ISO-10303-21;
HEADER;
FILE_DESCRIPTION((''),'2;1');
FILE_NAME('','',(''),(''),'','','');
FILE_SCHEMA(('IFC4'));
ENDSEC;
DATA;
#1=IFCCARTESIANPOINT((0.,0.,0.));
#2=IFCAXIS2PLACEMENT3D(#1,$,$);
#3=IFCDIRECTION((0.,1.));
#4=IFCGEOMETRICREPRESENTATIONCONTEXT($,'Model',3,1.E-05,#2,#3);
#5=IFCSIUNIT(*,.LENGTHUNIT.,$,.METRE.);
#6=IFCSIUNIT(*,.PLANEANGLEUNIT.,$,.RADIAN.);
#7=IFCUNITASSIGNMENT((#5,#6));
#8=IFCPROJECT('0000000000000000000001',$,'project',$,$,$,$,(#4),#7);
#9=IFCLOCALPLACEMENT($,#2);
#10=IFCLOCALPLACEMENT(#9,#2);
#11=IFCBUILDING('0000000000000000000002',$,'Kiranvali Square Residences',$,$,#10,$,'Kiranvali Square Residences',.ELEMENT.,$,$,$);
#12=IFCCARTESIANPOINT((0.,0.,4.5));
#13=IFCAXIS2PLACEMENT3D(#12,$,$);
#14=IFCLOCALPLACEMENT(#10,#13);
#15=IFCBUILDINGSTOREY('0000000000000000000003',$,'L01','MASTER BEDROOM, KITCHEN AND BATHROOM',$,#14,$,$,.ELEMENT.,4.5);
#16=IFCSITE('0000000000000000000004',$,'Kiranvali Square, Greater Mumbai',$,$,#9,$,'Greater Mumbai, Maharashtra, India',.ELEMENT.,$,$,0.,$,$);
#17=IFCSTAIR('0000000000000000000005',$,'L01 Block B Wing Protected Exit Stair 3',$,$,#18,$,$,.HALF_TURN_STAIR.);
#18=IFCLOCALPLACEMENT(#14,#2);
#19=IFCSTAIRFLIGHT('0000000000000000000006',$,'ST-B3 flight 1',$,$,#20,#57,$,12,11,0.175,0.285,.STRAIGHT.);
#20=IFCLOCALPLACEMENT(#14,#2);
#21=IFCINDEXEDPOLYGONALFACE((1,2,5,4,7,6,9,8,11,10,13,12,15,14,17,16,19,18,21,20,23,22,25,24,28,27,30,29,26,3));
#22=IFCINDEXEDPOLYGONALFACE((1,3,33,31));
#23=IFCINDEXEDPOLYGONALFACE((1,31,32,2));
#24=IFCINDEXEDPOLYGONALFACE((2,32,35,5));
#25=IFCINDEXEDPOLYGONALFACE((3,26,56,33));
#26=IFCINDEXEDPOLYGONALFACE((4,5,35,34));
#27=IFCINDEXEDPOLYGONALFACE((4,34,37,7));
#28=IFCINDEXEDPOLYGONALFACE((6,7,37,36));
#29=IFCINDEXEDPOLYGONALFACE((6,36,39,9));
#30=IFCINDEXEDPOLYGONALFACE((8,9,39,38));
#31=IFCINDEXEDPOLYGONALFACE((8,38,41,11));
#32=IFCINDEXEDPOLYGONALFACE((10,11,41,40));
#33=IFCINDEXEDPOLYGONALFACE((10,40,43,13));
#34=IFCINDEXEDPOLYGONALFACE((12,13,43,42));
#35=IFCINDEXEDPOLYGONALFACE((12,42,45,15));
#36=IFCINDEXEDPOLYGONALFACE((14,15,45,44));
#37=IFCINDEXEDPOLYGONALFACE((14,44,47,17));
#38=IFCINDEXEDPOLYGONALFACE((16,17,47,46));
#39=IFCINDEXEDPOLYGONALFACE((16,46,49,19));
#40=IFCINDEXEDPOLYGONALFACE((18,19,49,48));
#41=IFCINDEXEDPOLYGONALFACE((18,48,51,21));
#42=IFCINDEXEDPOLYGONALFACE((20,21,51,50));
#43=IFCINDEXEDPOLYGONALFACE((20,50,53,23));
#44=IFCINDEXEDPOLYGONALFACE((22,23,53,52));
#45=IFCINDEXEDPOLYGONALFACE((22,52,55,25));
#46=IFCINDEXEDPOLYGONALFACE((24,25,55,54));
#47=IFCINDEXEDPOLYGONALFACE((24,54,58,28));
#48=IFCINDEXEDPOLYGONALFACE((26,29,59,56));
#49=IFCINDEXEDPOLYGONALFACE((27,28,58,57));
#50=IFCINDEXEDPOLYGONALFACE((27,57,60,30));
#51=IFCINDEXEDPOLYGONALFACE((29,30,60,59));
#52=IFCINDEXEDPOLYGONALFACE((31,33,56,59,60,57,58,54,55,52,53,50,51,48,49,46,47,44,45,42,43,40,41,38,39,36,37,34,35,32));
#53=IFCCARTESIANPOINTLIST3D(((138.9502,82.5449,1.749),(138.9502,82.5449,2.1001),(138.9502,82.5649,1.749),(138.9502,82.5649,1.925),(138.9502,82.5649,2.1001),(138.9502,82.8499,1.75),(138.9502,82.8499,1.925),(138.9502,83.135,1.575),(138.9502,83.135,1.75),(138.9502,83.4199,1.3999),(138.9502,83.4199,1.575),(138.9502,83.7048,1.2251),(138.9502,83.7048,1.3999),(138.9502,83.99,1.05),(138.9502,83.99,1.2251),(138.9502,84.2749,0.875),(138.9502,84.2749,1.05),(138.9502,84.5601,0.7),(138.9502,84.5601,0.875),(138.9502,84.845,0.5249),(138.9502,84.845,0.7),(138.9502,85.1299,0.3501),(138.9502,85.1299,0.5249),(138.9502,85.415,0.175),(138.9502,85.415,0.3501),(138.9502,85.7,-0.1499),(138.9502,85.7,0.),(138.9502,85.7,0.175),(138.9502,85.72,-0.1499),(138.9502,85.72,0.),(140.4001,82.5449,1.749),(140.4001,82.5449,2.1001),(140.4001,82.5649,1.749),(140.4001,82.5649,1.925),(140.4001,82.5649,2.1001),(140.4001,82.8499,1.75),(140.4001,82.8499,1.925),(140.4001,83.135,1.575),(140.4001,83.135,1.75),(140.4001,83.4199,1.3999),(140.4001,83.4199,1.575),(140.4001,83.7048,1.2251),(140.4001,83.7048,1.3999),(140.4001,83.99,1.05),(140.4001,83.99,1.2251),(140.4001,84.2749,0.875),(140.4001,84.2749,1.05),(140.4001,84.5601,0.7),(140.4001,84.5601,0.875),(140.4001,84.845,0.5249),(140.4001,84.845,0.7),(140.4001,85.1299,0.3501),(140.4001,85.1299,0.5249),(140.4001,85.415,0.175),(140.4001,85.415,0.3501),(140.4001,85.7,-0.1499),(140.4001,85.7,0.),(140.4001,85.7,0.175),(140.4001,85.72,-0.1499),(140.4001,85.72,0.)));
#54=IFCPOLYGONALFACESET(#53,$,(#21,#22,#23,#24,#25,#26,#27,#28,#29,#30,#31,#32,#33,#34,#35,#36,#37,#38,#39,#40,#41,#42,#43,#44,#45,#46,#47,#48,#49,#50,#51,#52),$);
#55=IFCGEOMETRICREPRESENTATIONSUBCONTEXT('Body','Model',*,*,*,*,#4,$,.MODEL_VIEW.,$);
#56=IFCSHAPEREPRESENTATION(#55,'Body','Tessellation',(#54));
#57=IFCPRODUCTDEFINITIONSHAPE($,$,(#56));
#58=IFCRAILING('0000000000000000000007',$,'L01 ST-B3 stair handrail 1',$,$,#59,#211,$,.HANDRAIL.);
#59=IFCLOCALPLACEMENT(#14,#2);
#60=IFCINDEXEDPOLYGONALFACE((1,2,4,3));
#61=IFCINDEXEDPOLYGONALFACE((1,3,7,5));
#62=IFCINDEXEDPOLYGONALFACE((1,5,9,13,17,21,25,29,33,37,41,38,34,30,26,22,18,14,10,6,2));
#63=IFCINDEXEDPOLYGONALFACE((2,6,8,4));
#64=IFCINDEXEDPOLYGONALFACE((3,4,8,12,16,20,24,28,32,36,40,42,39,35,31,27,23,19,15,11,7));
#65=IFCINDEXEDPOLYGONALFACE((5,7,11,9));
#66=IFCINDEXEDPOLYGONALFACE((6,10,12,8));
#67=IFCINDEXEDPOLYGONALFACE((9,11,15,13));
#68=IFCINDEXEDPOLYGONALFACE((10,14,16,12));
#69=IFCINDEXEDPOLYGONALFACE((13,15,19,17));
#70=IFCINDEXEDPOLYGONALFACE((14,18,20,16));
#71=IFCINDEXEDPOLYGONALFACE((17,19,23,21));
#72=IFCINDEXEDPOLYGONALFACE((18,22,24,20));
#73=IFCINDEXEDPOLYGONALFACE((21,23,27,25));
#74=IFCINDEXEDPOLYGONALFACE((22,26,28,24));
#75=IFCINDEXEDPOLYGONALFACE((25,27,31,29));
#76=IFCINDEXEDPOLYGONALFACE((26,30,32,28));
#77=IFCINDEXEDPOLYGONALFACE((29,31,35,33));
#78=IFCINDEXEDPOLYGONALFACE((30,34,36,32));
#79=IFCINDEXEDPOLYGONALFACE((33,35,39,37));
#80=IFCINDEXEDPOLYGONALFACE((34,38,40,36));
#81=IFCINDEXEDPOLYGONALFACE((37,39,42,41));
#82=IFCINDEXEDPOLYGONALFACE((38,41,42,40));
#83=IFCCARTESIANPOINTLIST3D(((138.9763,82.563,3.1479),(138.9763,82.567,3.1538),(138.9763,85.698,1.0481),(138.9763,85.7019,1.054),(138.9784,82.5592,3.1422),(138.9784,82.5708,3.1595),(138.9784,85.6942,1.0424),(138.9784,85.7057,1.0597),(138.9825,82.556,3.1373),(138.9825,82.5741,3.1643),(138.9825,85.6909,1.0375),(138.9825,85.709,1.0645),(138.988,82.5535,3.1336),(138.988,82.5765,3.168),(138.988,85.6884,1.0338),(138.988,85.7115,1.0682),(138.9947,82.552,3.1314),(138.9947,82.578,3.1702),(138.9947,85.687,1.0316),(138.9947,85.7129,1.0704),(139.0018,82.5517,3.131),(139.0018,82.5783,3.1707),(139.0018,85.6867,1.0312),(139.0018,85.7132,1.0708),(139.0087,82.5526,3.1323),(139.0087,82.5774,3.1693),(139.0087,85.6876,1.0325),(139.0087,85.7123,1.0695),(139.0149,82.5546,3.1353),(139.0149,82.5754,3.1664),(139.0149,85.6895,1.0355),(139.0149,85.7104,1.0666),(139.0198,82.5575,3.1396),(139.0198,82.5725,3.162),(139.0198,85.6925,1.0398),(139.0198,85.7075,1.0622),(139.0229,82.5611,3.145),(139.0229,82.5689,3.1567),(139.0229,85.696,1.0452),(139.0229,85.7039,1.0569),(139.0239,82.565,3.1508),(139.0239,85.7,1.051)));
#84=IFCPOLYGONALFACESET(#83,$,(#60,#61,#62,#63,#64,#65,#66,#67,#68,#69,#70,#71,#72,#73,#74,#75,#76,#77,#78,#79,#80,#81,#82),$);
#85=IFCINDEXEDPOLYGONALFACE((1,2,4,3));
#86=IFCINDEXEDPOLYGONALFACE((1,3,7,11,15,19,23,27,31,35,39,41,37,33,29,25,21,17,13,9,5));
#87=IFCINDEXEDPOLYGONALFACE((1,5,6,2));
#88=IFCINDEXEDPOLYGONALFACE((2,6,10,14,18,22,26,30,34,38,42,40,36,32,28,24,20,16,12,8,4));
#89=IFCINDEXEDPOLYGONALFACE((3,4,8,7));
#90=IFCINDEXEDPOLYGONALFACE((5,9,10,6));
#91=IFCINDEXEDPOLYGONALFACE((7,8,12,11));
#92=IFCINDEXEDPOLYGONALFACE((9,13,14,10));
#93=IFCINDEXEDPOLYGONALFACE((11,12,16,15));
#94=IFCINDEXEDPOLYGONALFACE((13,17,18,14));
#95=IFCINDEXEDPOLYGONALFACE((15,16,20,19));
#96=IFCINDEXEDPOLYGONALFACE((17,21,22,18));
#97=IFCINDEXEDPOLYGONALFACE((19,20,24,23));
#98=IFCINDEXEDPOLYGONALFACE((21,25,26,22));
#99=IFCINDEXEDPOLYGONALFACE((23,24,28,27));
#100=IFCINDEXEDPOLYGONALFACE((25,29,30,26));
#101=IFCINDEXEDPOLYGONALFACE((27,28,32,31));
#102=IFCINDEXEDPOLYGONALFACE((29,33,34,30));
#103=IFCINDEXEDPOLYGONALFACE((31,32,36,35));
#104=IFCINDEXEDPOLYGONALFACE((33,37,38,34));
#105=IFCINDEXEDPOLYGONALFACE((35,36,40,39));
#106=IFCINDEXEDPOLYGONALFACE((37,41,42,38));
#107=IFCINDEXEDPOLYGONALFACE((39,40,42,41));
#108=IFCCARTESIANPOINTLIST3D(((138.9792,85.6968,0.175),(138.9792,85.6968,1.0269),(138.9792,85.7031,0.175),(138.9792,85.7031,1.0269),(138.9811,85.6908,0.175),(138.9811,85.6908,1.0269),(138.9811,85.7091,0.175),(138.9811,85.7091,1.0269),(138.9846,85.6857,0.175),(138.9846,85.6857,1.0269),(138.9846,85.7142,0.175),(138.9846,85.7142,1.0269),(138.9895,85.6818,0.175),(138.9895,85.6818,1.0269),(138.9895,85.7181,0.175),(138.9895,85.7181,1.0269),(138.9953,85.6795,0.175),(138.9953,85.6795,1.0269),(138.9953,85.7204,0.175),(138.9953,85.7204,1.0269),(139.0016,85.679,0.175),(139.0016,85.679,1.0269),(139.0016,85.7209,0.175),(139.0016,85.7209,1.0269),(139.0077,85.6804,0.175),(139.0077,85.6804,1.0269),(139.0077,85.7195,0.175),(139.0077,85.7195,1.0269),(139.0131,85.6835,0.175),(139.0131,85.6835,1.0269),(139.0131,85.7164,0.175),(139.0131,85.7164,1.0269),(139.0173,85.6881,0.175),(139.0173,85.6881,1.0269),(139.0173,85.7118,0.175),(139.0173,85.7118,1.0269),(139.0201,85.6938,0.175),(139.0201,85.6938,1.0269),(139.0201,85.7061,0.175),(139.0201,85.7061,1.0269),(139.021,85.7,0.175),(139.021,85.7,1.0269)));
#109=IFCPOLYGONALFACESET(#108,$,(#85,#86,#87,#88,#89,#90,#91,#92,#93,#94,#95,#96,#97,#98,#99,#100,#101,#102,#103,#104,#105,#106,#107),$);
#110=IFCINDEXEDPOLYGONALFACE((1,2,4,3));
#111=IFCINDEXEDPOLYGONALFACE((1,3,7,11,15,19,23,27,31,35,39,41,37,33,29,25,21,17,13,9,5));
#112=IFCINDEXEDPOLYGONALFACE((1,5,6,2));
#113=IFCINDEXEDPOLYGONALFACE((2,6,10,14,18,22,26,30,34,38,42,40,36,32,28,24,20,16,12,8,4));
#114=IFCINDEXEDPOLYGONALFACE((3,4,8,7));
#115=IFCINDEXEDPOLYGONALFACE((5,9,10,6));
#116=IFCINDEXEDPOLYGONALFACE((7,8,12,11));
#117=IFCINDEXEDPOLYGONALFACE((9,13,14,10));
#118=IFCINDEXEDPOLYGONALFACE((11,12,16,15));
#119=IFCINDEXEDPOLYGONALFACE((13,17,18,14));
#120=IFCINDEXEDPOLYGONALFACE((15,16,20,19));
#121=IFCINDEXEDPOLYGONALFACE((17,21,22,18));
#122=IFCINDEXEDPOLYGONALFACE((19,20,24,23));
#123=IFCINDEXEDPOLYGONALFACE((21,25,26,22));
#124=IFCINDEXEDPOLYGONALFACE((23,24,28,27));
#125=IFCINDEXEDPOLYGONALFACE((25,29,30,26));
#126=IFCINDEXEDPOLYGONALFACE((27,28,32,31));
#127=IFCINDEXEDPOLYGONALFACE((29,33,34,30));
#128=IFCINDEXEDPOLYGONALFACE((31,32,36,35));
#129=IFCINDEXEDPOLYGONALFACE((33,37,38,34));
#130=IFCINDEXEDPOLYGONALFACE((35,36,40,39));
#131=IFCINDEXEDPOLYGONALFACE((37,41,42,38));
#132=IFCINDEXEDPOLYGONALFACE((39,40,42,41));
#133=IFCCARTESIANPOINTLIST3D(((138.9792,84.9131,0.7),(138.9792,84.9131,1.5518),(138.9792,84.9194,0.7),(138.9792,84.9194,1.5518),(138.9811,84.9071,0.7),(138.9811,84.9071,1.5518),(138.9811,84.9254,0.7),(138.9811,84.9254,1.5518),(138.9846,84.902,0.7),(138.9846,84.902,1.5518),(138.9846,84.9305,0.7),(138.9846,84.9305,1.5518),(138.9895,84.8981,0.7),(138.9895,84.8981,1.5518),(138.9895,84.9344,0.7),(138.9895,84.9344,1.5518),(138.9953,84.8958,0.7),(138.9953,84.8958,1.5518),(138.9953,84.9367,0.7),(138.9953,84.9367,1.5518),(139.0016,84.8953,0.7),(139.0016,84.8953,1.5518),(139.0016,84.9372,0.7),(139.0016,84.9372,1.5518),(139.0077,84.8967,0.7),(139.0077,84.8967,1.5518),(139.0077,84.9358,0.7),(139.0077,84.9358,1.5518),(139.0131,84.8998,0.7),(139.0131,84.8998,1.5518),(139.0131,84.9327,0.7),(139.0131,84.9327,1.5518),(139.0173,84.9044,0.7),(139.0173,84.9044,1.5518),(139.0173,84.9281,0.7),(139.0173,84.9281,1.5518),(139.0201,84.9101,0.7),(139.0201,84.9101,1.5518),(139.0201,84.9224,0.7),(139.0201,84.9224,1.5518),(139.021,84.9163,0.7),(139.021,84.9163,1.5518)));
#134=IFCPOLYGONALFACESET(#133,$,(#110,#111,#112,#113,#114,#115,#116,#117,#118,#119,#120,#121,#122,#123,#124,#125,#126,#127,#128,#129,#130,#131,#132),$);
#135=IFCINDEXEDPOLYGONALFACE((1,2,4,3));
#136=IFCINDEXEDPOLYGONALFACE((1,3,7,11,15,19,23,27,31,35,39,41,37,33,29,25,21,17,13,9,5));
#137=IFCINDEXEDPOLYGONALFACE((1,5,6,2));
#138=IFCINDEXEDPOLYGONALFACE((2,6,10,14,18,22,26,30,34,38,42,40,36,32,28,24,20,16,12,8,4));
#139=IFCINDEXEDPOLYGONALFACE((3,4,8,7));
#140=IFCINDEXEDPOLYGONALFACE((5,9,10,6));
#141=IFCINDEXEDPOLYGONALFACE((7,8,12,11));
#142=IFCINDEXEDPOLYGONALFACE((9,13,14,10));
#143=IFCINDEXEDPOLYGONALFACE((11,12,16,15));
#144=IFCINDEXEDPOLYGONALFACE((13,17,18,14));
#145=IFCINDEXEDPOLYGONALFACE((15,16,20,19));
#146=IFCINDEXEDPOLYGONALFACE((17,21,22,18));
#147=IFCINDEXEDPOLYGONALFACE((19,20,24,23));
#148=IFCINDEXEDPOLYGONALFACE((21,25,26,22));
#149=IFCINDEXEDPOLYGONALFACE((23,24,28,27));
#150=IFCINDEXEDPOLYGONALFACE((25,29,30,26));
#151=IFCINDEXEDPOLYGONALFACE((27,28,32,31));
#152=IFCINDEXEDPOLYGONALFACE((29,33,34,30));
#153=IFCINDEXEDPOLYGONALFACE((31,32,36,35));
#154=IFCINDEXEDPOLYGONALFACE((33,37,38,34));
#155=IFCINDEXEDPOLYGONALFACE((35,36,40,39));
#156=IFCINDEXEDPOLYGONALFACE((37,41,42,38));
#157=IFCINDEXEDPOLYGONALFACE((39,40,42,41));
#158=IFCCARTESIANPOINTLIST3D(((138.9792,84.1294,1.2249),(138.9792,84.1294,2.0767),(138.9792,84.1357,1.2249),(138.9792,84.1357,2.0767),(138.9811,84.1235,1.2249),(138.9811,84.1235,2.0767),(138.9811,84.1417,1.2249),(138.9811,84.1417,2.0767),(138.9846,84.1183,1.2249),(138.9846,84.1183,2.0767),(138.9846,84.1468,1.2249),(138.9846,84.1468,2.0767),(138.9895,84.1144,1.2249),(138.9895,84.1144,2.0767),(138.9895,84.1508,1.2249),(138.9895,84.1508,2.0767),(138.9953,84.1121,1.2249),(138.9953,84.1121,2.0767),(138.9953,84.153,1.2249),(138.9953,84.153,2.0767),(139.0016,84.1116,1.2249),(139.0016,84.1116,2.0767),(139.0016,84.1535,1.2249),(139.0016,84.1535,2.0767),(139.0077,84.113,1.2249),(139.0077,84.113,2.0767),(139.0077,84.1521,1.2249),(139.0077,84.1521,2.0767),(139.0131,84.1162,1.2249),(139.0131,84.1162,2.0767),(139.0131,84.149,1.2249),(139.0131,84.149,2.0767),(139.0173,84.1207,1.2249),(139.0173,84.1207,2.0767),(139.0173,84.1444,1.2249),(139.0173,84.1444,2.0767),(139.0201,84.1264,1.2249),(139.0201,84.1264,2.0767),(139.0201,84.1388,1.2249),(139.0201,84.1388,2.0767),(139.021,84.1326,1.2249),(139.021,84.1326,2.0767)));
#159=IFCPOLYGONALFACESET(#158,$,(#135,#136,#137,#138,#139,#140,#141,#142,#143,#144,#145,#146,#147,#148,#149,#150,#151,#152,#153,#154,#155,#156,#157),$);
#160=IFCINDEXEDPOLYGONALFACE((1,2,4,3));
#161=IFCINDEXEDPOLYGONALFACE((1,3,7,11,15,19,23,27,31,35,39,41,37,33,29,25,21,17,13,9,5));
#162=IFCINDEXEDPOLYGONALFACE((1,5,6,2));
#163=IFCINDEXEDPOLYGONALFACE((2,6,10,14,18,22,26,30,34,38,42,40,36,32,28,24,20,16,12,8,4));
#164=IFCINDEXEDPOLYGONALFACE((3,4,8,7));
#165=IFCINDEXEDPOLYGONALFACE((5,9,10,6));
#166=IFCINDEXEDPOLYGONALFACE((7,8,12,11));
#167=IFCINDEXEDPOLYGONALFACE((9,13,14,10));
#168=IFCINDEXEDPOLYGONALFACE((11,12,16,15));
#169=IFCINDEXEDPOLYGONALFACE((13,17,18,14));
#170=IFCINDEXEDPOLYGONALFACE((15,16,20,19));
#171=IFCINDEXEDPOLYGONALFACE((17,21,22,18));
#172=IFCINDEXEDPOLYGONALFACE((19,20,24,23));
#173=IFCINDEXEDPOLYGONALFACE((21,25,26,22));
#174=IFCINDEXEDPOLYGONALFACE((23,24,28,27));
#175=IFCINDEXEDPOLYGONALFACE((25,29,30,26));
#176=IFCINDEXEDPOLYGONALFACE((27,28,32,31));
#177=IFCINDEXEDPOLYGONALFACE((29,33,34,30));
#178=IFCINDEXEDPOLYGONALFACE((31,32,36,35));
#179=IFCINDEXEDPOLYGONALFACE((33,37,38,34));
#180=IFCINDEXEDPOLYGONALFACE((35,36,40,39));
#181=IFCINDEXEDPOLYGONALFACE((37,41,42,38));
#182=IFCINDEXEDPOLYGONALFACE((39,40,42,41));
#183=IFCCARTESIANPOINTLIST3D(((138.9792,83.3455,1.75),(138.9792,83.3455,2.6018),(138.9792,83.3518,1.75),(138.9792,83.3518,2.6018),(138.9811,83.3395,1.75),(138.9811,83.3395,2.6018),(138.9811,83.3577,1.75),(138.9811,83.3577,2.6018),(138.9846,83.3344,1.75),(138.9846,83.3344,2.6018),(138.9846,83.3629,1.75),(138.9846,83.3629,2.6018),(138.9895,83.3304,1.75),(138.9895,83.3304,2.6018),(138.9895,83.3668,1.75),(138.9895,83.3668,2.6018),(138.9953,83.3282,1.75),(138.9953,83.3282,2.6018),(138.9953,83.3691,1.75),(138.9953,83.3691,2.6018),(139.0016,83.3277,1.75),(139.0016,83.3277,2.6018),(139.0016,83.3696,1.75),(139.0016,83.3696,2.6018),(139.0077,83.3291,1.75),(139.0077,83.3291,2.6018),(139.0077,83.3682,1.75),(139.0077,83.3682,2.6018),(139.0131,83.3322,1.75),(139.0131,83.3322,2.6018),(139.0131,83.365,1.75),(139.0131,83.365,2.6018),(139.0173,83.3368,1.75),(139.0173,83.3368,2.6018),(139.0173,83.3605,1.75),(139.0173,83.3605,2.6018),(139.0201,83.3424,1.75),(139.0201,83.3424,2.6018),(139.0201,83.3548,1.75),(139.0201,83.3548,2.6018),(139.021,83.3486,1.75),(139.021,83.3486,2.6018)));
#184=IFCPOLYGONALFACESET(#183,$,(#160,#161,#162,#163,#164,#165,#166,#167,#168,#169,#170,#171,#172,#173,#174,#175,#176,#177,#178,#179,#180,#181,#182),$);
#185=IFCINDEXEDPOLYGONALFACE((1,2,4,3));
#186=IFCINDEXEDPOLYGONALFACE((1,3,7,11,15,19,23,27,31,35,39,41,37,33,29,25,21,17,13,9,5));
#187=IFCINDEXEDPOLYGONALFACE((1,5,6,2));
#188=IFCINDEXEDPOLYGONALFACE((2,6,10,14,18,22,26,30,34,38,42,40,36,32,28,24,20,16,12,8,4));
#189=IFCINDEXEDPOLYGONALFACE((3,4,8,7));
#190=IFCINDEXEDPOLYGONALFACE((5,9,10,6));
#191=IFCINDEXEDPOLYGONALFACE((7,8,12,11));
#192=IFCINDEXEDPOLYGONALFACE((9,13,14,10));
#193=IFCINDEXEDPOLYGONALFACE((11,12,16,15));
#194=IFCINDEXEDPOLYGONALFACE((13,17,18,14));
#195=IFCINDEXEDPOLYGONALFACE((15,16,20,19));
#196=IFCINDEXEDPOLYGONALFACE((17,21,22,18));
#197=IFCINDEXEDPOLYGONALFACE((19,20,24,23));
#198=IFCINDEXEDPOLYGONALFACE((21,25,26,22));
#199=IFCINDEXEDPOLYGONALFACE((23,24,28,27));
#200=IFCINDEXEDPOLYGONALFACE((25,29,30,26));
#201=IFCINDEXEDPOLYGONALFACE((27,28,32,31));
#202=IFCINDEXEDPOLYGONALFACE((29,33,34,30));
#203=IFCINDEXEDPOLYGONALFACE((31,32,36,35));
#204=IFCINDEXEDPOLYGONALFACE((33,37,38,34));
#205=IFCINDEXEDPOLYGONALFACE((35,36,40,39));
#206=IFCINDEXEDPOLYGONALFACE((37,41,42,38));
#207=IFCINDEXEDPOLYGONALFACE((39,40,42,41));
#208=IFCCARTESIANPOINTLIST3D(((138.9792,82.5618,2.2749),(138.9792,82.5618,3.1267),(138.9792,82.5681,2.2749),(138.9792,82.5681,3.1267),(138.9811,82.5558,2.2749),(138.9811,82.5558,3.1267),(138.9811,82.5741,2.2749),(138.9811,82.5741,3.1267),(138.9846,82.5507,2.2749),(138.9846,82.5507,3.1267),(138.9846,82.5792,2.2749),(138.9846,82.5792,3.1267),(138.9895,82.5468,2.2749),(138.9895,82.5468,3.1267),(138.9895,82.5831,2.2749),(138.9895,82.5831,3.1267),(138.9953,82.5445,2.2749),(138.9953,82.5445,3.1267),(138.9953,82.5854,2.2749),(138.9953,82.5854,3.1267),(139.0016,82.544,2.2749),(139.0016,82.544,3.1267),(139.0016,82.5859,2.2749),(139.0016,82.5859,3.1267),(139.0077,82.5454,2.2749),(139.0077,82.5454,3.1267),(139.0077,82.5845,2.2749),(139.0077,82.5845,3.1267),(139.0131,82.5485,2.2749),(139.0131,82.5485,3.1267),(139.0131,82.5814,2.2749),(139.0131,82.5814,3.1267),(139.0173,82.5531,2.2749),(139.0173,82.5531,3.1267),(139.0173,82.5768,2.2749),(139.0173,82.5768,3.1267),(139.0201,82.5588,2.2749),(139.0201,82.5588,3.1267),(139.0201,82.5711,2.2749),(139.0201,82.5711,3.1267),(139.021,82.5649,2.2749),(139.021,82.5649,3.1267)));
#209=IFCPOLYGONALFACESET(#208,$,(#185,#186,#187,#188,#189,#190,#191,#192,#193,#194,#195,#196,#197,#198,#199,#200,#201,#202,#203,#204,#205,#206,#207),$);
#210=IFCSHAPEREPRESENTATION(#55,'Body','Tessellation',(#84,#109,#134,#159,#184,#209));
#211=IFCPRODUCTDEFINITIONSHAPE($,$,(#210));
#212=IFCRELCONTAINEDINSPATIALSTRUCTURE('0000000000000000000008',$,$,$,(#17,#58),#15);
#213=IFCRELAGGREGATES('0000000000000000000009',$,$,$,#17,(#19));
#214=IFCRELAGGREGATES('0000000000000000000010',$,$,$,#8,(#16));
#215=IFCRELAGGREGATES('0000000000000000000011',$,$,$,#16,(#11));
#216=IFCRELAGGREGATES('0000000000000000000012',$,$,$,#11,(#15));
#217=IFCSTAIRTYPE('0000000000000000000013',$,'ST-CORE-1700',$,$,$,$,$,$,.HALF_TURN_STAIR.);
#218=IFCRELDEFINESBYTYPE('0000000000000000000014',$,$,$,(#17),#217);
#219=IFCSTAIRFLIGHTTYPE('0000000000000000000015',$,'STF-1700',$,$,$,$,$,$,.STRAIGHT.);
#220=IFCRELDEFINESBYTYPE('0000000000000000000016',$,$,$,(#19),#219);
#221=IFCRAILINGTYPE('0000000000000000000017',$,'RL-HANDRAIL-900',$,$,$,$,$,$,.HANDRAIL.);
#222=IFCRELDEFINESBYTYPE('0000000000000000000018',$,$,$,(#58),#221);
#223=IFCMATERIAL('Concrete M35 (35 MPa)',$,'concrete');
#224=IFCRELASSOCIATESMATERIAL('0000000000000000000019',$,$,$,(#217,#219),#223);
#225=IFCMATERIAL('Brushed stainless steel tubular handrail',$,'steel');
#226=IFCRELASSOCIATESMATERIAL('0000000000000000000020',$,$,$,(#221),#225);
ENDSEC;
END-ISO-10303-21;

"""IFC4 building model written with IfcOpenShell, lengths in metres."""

from ifc_helpers import new_model, si_unit, direction, frame, origin, origin_2d, place, context, subcontext, project, spatial, polyline, circle, outline, extrude, material, type_object, element, aggregate, save


model = new_model("IFC4")

# Units and contexts
model_context = context("Model", 3, precision=1e-05, world=origin(), true_north=direction((0.0, 1.0)))
body_context = subcontext(model_context, "Body", "Model", "MODEL_VIEW")
ifc_project = project(units=[si_unit("LENGTHUNIT", "METRE"), si_unit("PLANEANGLEUNIT", "RADIAN")], contexts=[model_context])

# Site, building, storey
site_placement = place(None, origin())
site = spatial("IfcSite", under=ifc_project, at=site_placement, Name="Kiranvali Square, Greater Mumbai", LongName="Greater Mumbai, Maharashtra, India", CompositionType="ELEMENT", RefElevation=0.0)
building_placement = place(site_placement, origin())
building = spatial("IfcBuilding", under=site, at=building_placement, Name="Kiranvali Square Residences", LongName="Kiranvali Square Residences", CompositionType="ELEMENT")
storey_placement = place(building_placement, frame((0.0, 0.0, 4.5)))
storey = spatial("IfcBuildingStorey", under=building, at=storey_placement, Name="L01", Description="MASTER BEDROOM, KITCHEN AND BATHROOM", CompositionType="ELEMENT", Elevation=4.5)

# Stair, stair flight
ifc_material_1 = material(Name="Concrete M35 (35 MPa)", Category="concrete")
stair_type = type_object("IfcStairType", Name="ST-CORE-1700", PredefinedType="HALF_TURN_STAIR", material=ifc_material_1)
stair_placement = place(storey_placement, origin())
stair = element("IfcStair", 1, at=stair_placement, inside=storey, type_object=stair_type, Name="L01 Block B Wing Protected Exit Stair 3", PredefinedType="HALF_TURN_STAIR")
stair_flight_type = type_object("IfcStairFlightType", Name="STF-1700", PredefinedType="STRAIGHT", material=ifc_material_1)
stair_flight_placement = place(storey_placement, frame((139.675, 85.7, 0.0), z_axis=(0.0, 0.0, 1.0), x_axis=(0.0, -1.0, 0.0)))
stair_flight = element("IfcStairFlight", 2, at=stair_flight_placement, type_object=stair_flight_type, Name="ST-B3 flight 1", NumberOfRisers=12, NumberOfTreads=11, PredefinedType="STRAIGHT", RiserHeight=0.175, TreadLength=0.285, context=body_context, shape_type="SweptSolid", body=[
    extrude(outline(polyline([(-0.02, -0.1499), (-0.02, 0.0), (0.0, 0.0), (0.0, 0.175), (0.2849, 0.175), (0.2849, 0.3501), (0.5701, 0.3501), (0.5701, 0.5249), (0.855, 0.5249), (0.855, 0.7), (1.1399, 0.7), (1.1399, 0.875), (1.425, 0.875), (1.425, 1.05), (1.71, 1.05), (1.71, 1.2251), (1.9951, 1.2251), (1.9951, 1.3999), (2.28, 1.3999), (2.28, 1.575), (2.5649, 1.575), (2.5649, 1.75), (2.8501, 1.75), (2.8501, 1.925), (3.135, 1.925), (3.135, 2.1001), (3.155, 2.1001), (3.155, 1.749), (3.135, 1.749), (0.0, -0.1499), (-0.02, -0.1499)])), frame((0.0, 0.7251, 0.0), z_axis=(0.0, -1.0, 0.0), x_axis=(1.0, 0.0, 0.0)), (0.0, 0.0, 1.0), 1.45),
])
aggregate(stair, [stair_flight])

# Railing
ifc_material_2 = material(Name="Brushed stainless steel tubular handrail", Category="steel")
railing_type_1 = type_object("IfcRailingType", Name="RL-HANDRAIL-900", PredefinedType="HANDRAIL", material=ifc_material_2)
railing_1_placement = place(storey_placement, frame((139.0, 85.7, 0.175)))
element("IfcRailing", 3, at=railing_1_placement, inside=storey, type_object=railing_type_1, Name="L01 ST-B3 stair handrail 1", PredefinedType="HANDRAIL", context=body_context, shape_type="SweptSolid", body=[
    extrude(circle(Radius=0.0239, at=origin_2d()), frame((0.0, 0.0, 0.876), z_axis=(0.0, -0.830844, 0.556506), x_axis=(1.0, 0.0, 0.0)), (0.0, 0.0, 1.0), 3.7732),
    extrude(circle(Radius=0.021, at=origin_2d()), origin(), (0.0, 0.0, 1.0), 0.8518),
    extrude(circle(Radius=0.021, at=origin_2d()), frame((0.0, -0.7837, 0.5249)), (0.0, 0.0, 1.0), 0.8518),
    extrude(circle(Radius=0.021, at=origin_2d()), frame((0.0, -1.5674, 1.0498)), (0.0, 0.0, 1.0), 0.8518),
    extrude(circle(Radius=0.021, at=origin_2d()), frame((0.0, -2.3513, 1.575)), (0.0, 0.0, 1.0), 0.8518),
    extrude(circle(Radius=0.021, at=origin_2d()), frame((0.0, -3.135, 2.0999)), (0.0, 0.0, 1.0), 0.8518),
])

save(model, "model.ifc")
